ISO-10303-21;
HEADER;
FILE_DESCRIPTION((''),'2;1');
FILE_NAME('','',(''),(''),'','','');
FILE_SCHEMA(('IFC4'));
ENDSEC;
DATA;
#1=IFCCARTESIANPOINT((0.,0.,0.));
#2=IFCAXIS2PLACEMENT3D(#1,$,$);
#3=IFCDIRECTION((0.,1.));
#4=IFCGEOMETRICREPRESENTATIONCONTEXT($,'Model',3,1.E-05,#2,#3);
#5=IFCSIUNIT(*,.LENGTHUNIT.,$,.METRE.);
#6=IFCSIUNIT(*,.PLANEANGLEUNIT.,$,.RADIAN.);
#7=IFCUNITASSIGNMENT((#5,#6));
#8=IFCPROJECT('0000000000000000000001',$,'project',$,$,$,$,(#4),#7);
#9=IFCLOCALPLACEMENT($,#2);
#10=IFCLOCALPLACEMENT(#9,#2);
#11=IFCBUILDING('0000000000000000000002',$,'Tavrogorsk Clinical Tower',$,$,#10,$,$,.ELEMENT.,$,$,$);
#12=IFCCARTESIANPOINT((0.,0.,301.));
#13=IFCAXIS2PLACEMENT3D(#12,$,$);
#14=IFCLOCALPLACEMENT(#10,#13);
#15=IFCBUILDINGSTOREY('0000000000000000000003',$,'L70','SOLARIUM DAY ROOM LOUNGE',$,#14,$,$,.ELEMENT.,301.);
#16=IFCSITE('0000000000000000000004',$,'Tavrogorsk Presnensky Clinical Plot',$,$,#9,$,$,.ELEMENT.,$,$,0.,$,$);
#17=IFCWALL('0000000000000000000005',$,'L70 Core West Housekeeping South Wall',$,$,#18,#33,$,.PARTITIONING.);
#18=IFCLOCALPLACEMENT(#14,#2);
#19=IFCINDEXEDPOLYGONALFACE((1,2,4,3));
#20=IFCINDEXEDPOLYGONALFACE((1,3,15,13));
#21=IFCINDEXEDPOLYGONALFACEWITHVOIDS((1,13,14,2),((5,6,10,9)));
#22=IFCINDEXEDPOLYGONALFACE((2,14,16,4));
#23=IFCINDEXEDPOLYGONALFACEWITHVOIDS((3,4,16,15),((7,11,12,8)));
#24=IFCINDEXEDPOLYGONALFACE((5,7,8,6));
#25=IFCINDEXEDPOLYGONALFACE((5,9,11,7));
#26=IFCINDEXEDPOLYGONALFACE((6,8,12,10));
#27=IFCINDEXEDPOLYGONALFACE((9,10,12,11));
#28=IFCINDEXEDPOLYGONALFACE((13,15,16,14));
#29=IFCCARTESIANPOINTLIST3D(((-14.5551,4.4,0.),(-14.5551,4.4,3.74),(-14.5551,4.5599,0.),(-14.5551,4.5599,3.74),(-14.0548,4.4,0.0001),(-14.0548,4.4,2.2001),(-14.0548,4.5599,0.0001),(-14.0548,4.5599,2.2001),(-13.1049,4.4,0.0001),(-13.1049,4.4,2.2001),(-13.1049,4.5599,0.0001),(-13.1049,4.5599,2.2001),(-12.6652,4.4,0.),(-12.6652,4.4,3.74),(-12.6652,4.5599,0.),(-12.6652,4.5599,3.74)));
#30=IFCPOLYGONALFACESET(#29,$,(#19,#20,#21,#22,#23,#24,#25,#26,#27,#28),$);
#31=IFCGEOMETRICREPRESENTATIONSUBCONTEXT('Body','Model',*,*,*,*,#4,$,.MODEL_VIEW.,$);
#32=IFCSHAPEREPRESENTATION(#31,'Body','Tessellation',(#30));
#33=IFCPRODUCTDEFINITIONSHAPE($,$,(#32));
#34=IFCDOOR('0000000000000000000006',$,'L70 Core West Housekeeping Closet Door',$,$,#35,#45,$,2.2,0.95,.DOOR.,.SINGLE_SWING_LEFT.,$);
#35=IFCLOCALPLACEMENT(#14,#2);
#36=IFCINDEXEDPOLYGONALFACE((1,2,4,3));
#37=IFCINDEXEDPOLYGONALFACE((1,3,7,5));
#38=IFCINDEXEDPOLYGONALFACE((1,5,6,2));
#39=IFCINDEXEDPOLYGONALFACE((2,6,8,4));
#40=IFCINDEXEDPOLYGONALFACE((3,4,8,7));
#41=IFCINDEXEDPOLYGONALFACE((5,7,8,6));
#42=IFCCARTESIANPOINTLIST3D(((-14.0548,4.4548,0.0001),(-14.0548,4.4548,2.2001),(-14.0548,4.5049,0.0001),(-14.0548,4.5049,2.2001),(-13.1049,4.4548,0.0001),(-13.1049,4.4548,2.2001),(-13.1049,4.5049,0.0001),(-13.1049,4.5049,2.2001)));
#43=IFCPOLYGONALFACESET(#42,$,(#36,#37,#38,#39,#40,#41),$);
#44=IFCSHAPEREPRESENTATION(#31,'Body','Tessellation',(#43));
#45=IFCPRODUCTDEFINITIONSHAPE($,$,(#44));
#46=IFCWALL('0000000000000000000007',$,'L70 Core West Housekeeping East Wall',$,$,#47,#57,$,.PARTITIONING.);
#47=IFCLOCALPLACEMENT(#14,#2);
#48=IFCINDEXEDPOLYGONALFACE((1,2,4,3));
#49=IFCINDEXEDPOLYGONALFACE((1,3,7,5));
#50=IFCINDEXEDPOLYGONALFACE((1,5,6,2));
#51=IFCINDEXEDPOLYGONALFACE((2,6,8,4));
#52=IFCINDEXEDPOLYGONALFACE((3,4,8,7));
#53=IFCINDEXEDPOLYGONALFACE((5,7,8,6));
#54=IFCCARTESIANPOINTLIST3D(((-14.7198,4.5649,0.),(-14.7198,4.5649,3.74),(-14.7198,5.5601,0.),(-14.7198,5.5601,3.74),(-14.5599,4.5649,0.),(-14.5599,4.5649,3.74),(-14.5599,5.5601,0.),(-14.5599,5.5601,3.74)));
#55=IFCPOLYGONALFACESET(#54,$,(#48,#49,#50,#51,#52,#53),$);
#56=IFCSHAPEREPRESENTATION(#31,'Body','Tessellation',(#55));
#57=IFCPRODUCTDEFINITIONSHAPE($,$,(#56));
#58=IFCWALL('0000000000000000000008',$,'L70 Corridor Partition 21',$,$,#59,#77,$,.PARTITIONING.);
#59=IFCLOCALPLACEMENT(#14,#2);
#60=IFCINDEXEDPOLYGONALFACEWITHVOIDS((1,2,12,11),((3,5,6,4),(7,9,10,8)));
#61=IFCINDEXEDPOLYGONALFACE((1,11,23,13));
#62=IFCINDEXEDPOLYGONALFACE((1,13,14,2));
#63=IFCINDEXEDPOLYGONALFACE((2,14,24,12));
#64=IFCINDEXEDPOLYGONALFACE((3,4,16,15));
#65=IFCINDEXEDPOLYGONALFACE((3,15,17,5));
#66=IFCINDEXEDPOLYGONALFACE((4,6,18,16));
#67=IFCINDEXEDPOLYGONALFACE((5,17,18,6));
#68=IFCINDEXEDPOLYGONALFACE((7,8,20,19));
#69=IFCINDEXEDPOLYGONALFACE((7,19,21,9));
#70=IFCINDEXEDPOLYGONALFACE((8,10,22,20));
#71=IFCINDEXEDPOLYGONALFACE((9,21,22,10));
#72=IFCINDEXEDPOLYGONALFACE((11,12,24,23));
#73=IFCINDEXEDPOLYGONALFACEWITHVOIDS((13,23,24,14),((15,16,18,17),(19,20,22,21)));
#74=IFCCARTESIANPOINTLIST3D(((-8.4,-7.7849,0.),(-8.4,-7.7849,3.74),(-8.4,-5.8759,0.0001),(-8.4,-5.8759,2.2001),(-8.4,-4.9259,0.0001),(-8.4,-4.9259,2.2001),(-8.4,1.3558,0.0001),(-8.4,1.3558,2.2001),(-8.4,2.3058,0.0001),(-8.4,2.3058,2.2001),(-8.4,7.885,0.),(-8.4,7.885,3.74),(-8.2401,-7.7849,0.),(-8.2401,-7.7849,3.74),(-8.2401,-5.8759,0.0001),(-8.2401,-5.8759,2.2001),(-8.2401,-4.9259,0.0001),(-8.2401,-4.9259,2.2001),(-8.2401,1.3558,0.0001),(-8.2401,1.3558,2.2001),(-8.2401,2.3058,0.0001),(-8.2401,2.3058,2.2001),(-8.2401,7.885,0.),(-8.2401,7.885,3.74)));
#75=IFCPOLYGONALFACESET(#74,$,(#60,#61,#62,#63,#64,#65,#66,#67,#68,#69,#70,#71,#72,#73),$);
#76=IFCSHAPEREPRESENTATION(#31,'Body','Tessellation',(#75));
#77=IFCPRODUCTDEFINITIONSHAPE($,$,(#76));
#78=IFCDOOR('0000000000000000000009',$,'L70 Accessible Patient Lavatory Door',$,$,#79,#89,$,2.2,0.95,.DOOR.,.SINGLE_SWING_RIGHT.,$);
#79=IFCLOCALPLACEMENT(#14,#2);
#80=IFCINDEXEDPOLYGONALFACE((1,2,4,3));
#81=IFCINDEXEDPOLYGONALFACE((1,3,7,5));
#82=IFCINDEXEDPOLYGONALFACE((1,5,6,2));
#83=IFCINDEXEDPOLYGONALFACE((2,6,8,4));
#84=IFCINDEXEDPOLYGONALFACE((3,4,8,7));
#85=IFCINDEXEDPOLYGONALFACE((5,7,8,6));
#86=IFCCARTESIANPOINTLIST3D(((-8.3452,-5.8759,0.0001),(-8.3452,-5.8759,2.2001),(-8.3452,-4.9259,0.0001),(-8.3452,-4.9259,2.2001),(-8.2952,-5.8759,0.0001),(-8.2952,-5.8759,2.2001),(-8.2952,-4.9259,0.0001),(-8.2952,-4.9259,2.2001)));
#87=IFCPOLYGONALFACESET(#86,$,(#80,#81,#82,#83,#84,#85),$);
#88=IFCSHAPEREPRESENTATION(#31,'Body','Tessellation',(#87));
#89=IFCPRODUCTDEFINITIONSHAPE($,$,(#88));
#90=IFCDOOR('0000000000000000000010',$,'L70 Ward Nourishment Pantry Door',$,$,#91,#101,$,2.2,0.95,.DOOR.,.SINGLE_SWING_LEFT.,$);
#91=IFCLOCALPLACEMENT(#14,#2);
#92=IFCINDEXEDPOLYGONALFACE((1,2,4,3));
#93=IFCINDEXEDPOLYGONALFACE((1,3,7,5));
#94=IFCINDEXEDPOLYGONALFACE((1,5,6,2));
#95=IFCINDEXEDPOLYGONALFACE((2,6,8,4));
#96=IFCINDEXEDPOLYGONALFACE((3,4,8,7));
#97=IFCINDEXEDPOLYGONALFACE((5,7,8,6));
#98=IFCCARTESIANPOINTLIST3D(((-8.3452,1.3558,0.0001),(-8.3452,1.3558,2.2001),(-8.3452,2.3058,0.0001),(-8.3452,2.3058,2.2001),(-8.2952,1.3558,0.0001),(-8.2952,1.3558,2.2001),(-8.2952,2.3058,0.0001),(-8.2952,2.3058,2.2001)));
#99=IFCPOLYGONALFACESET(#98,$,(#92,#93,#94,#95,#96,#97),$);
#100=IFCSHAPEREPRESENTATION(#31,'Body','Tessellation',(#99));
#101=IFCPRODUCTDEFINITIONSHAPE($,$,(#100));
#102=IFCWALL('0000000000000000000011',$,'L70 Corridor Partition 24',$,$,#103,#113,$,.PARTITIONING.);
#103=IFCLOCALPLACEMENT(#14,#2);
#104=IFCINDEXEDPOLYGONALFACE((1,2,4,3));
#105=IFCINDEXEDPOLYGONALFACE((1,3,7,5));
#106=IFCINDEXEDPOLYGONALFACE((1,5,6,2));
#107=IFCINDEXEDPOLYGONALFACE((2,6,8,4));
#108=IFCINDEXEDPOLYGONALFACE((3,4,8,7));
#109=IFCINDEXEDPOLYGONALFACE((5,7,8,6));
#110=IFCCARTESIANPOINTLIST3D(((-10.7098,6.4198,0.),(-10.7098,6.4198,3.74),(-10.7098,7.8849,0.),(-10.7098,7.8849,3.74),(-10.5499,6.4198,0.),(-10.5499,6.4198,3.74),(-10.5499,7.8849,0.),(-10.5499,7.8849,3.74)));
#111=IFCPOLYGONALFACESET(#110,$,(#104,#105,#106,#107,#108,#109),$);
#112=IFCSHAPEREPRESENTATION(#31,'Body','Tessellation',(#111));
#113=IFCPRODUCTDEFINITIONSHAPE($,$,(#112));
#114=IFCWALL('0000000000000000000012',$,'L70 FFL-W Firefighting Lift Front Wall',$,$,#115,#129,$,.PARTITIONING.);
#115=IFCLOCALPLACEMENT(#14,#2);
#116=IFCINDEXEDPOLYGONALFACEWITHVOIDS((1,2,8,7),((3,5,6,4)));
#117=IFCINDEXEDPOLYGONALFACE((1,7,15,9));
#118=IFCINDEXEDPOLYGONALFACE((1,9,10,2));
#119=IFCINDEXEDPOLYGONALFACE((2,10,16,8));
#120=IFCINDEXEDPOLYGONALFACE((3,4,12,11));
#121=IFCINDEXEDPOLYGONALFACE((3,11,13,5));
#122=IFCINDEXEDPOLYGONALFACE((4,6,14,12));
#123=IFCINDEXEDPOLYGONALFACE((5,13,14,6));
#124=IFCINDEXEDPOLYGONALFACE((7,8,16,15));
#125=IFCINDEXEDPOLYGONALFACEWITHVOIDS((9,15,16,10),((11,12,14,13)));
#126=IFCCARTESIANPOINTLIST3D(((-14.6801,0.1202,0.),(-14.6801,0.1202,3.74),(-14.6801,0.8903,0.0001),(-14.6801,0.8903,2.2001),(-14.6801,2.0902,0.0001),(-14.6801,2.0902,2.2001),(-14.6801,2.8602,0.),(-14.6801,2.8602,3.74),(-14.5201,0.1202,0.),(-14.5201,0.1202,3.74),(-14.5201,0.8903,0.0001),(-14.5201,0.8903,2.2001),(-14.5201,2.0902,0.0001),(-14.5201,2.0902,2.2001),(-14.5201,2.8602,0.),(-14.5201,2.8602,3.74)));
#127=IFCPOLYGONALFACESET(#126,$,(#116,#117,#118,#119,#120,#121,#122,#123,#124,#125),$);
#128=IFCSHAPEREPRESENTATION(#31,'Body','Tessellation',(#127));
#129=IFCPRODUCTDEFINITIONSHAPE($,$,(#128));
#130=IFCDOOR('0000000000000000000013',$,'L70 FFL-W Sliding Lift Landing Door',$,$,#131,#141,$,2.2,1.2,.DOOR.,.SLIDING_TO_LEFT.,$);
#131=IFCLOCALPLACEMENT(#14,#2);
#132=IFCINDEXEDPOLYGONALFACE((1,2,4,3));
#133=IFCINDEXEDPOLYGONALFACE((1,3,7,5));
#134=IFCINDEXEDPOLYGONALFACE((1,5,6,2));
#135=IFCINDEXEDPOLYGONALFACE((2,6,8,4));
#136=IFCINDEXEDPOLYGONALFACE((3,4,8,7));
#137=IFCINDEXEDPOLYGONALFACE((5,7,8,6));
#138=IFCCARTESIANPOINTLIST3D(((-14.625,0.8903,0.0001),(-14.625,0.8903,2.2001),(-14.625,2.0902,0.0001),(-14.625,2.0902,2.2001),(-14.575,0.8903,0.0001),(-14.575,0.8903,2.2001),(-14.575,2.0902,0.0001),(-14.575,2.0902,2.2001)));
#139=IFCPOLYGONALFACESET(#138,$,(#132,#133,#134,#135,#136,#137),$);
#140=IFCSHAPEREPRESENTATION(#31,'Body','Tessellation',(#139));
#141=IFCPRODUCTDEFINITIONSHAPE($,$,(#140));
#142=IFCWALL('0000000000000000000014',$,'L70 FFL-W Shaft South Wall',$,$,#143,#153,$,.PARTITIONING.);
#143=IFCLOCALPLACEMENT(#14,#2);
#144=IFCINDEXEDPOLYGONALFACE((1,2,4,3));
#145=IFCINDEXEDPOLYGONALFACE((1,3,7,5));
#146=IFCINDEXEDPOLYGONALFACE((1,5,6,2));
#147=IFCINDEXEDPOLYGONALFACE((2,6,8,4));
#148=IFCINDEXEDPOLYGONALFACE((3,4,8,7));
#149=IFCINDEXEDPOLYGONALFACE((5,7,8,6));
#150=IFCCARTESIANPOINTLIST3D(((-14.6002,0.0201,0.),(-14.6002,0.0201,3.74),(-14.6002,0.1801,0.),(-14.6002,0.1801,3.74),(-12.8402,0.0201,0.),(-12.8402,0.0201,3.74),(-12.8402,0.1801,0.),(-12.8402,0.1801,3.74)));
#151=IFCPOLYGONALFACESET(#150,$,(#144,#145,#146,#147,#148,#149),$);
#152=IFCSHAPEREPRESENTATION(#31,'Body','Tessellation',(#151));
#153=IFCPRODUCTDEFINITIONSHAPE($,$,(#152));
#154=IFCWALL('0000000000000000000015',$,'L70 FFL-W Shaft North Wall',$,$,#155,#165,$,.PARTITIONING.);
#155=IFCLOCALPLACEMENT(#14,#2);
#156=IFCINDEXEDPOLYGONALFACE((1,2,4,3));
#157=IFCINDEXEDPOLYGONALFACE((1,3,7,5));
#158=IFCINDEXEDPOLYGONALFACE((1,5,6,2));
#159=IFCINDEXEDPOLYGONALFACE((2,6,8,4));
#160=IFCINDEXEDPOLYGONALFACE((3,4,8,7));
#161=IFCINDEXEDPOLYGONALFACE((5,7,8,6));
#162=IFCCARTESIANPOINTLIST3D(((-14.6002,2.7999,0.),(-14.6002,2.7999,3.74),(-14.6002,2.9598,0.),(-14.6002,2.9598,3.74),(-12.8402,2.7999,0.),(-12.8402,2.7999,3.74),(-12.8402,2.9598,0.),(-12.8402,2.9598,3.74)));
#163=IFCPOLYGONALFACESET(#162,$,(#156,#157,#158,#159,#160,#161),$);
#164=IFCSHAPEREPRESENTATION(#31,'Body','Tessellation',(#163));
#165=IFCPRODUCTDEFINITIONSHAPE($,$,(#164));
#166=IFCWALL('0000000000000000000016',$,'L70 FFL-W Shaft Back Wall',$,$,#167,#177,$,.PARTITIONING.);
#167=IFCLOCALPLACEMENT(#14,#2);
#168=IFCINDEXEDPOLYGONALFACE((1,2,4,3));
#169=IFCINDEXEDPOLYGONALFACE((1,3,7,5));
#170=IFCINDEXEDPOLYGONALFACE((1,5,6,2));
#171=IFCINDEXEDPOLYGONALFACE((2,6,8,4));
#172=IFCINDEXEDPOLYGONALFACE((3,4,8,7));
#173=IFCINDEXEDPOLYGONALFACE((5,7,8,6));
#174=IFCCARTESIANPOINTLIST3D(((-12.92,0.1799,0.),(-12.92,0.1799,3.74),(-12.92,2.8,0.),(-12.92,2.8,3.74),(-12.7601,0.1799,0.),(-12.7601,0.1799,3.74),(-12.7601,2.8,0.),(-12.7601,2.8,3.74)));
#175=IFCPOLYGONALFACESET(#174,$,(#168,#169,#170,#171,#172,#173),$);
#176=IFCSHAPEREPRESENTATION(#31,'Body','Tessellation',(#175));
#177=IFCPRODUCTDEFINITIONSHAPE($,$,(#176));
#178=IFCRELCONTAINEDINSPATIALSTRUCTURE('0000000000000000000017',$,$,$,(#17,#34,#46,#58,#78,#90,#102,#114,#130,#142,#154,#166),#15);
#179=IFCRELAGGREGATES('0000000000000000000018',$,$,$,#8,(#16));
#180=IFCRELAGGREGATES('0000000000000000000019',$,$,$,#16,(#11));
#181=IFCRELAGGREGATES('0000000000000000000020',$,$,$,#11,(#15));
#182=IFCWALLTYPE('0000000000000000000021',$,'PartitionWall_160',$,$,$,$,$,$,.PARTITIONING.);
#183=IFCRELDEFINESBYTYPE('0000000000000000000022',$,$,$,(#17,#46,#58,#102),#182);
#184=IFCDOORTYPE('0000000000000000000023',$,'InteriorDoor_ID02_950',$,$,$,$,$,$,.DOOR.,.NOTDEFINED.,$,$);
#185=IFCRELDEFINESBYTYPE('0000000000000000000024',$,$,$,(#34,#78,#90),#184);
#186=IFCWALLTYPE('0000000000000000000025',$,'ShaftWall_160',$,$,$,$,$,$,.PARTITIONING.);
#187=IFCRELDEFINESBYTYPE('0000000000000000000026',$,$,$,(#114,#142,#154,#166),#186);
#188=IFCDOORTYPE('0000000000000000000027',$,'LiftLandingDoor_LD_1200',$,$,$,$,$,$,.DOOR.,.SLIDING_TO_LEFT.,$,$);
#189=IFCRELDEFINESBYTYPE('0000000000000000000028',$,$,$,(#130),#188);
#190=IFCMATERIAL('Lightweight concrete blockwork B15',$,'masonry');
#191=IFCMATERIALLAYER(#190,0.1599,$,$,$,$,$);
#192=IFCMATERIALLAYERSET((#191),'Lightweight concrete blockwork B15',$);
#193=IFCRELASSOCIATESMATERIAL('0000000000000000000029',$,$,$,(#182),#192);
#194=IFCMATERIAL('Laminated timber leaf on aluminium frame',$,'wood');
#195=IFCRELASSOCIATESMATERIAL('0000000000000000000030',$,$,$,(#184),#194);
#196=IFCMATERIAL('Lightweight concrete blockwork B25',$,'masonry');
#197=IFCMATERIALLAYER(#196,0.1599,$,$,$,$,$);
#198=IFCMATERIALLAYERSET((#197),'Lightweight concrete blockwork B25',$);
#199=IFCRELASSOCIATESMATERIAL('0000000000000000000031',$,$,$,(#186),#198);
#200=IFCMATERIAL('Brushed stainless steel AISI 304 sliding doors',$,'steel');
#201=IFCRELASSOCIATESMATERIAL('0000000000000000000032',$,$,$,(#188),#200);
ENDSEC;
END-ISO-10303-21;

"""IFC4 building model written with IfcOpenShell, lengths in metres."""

from ifc_helpers import new_model, si_unit, direction, frame, frame_2d, origin, place, context, subcontext, project, spatial, rectangle, extrude, material, layer, layer_set, type_object, element, fill, save


model = new_model("IFC4")

# Units and contexts
model_context = context("Model", 3, precision=1e-05, world=origin(), true_north=direction((0.0, 1.0)))
body_context = subcontext(model_context, "Body", "Model", "MODEL_VIEW")
ifc_project = project(units=[si_unit("LENGTHUNIT", "METRE"), si_unit("PLANEANGLEUNIT", "RADIAN")], contexts=[model_context])

# Site, building, storey
site_placement = place(None, origin())
site = spatial("IfcSite", under=ifc_project, at=site_placement, Name="Tavrogorsk Presnensky Clinical Plot", CompositionType="ELEMENT", RefElevation=0.0)
building_placement = place(site_placement, origin())
building = spatial("IfcBuilding", under=site, at=building_placement, Name="Tavrogorsk Clinical Tower", CompositionType="ELEMENT")
storey_placement = place(building_placement, frame((0.0, 0.0, 301.0)))
storey = spatial("IfcBuildingStorey", under=building, at=storey_placement, Name="L70", Description="SOLARIUM DAY ROOM LOUNGE", CompositionType="ELEMENT", Elevation=301.0)

# Wall, opening, door
ifc_material_1 = material(Name="Lightweight concrete blockwork B15", Category="masonry")
ifc_layer_1 = layer(ifc_material_1, 0.1599)
ifc_layer_set_1 = layer_set([ifc_layer_1], Name="Lightweight concrete blockwork B15")
wall_type_1 = type_object("IfcWallType", Name="PartitionWall_160", PredefinedType="PARTITIONING", material=ifc_layer_set_1)
ifc_material_2 = material(Name="Laminated timber leaf on aluminium frame", Category="wood")
door_type_1 = type_object("IfcDoorType", Name="InteriorDoor_ID02_950", OperationType="NOTDEFINED", PredefinedType="DOOR", material=ifc_material_2)
wall_1_placement = place(storey_placement, frame((-14.5549, 4.48, 0.0), z_axis=(0.0, 0.0, 1.0), x_axis=(1.0, 0.0, 0.0)))
wall_1 = element("IfcWall", 1, at=wall_1_placement, inside=storey, type_object=wall_type_1, Name="L70 Core West Housekeeping South Wall", PredefinedType="PARTITIONING", context=body_context, shape_type="SweptSolid", body=[
    extrude(rectangle(XDim=1.8899, YDim=0.1599, at=frame_2d((0.9448, 0.0))), origin(), (0.0, 0.0, 1.0), 3.74),
])
opening_1_placement = place(wall_1_placement, frame((0.5, 0.0, 0.0)))
opening_1 = element("IfcOpeningElement", 2, at=opening_1_placement, cuts=wall_1, PredefinedType="OPENING", context=body_context, shape_type="SweptSolid", body=[
    extrude(rectangle(XDim=0.95, YDim=2.2, at=frame_2d((0.4751, 1.1001))), frame((0.0, 0.0898, 0.0), z_axis=(0.0, -1.0, 0.0), x_axis=(1.0, 0.0, 0.0)), (0.0, 0.0, 1.0), 0.1799),
])
door_1_placement = place(opening_1_placement, origin())
door_1 = element("IfcDoor", 3, at=door_1_placement, inside=storey, type_object=door_type_1, Name="L70 Core West Housekeeping Closet Door", OperationType="SINGLE_SWING_LEFT", OverallHeight=2.2, OverallWidth=0.95, PredefinedType="DOOR", context=body_context, shape_type="SweptSolid", body=[
    extrude(rectangle(XDim=0.95, YDim=2.2, at=frame_2d((0.4751, 1.1001))), frame((0.0, 0.0249, 0.0), z_axis=(0.0, -1.0, 0.0), x_axis=(1.0, 0.0, 0.0)), (0.0, 0.0, 1.0), 0.05),
])
fill(opening_1, door_1)

# Wall
wall_2_placement = place(storey_placement, frame((-14.6399, 4.5649, 0.0), z_axis=(0.0, 0.0, 1.0), x_axis=(0.0, 1.0, 0.0)))
element("IfcWall", 4, at=wall_2_placement, inside=storey, type_object=wall_type_1, Name="L70 Core West Housekeeping East Wall", PredefinedType="PARTITIONING", context=body_context, shape_type="SweptSolid", body=[
    extrude(rectangle(XDim=0.9951, YDim=0.1599, at=frame_2d((0.4976, 0.0))), origin(), (0.0, 0.0, 1.0), 3.74),
])

# Wall, openings, doors
wall_3_placement = place(storey_placement, frame((-8.3201, 7.885, 0.0), z_axis=(0.0, 0.0, 1.0), x_axis=(0.0, -1.0, 0.0)))
wall_3 = element("IfcWall", 5, at=wall_3_placement, inside=storey, type_object=wall_type_1, Name="L70 Corridor Partition 21", PredefinedType="PARTITIONING", context=body_context, shape_type="SweptSolid", body=[
    extrude(rectangle(XDim=15.6699, YDim=0.1599, at=frame_2d((7.835, 0.0))), origin(), (0.0, 0.0, 1.0), 3.74),
])
opening_2_placement = place(wall_3_placement, frame((12.8108, 0.0, 0.0)))
opening_2 = element("IfcOpeningElement", 6, at=opening_2_placement, cuts=wall_3, PredefinedType="OPENING", context=body_context, shape_type="SweptSolid", body=[
    extrude(rectangle(XDim=0.95, YDim=2.2, at=frame_2d((0.4751, 1.1001))), frame((0.0, 0.0898, 0.0), z_axis=(0.0, -1.0, 0.0), x_axis=(1.0, 0.0, 0.0)), (0.0, 0.0, 1.0), 0.1799),
])
opening_3_placement = place(wall_3_placement, frame((5.5791, 0.0, 0.0)))
opening_3 = element("IfcOpeningElement", 7, at=opening_3_placement, cuts=wall_3, PredefinedType="OPENING", context=body_context, shape_type="SweptSolid", body=[
    extrude(rectangle(XDim=0.95, YDim=2.2, at=frame_2d((0.4751, 1.1001))), frame((0.0, 0.0898, 0.0), z_axis=(0.0, -1.0, 0.0), x_axis=(1.0, 0.0, 0.0)), (0.0, 0.0, 1.0), 0.1799),
])
door_2_placement = place(opening_2_placement, origin())
door_2 = element("IfcDoor", 8, at=door_2_placement, inside=storey, type_object=door_type_1, Name="L70 Accessible Patient Lavatory Door", OperationType="SINGLE_SWING_RIGHT", OverallHeight=2.2, OverallWidth=0.95, PredefinedType="DOOR", context=body_context, shape_type="SweptSolid", body=[
    extrude(rectangle(XDim=0.95, YDim=2.2, at=frame_2d((0.4751, 1.1001))), frame((0.0, 0.0249, 0.0), z_axis=(0.0, -1.0, 0.0), x_axis=(1.0, 0.0, 0.0)), (0.0, 0.0, 1.0), 0.05),
])
fill(opening_2, door_2)
door_3_placement = place(opening_3_placement, origin())
door_3 = element("IfcDoor", 9, at=door_3_placement, inside=storey, type_object=door_type_1, Name="L70 Ward Nourishment Pantry Door", OperationType="SINGLE_SWING_LEFT", OverallHeight=2.2, OverallWidth=0.95, PredefinedType="DOOR", context=body_context, shape_type="SweptSolid", body=[
    extrude(rectangle(XDim=0.95, YDim=2.2, at=frame_2d((0.4751, 1.1001))), frame((0.0, 0.0249, 0.0), z_axis=(0.0, -1.0, 0.0), x_axis=(1.0, 0.0, 0.0)), (0.0, 0.0, 1.0), 0.05),
])
fill(opening_3, door_3)

# Wall
wall_4_placement = place(storey_placement, frame((-10.6299, 6.4199, 0.0), z_axis=(0.0, 0.0, 1.0), x_axis=(0.0, 1.0, 0.0)))
element("IfcWall", 10, at=wall_4_placement, inside=storey, type_object=wall_type_1, Name="L70 Corridor Partition 24", PredefinedType="PARTITIONING", context=body_context, shape_type="SweptSolid", body=[
    extrude(rectangle(XDim=1.4651, YDim=0.1599, at=frame_2d((0.7324, 0.0))), origin(), (0.0, 0.0, 1.0), 3.74),
])

# Wall, opening, door
ifc_material_3 = material(Name="Lightweight concrete blockwork B25", Category="masonry")
ifc_layer_2 = layer(ifc_material_3, 0.1599)
ifc_layer_set_2 = layer_set([ifc_layer_2], Name="Lightweight concrete blockwork B25")
wall_type_2 = type_object("IfcWallType", Name="ShaftWall_160", PredefinedType="PARTITIONING", material=ifc_layer_set_2)
wall_5_placement = place(storey_placement, frame((-14.6001, 0.1201, 0.0), z_axis=(0.0, 0.0, 1.0), x_axis=(0.0, 1.0, 0.0)))
wall_5 = element("IfcWall", 11, at=wall_5_placement, inside=storey, type_object=wall_type_2, Name="L70 FFL-W Firefighting Lift Front Wall", PredefinedType="PARTITIONING", context=body_context, shape_type="SweptSolid", body=[
    extrude(rectangle(XDim=2.74, YDim=0.1599, at=frame_2d((1.3701, 0.0))), origin(), (0.0, 0.0, 1.0), 3.74),
])
opening_4_placement = place(wall_5_placement, frame((0.77, 0.0, 0.0)))
opening_4 = element("IfcOpeningElement", 12, at=opening_4_placement, cuts=wall_5, PredefinedType="OPENING", context=body_context, shape_type="SweptSolid", body=[
    extrude(rectangle(XDim=1.2, YDim=2.2, at=frame_2d((0.6001, 1.1001))), frame((0.0, 0.0898, 0.0), z_axis=(0.0, -1.0, 0.0), x_axis=(1.0, 0.0, 0.0)), (0.0, 0.0, 1.0), 0.1799),
])
ifc_material_4 = material(Name="Brushed stainless steel AISI 304 sliding doors", Category="steel")
door_type_2 = type_object("IfcDoorType", Name="LiftLandingDoor_LD_1200", OperationType="SLIDING_TO_LEFT", PredefinedType="DOOR", material=ifc_material_4)
door_4_placement = place(opening_4_placement, origin())
door_4 = element("IfcDoor", 13, at=door_4_placement, inside=storey, type_object=door_type_2, Name="L70 FFL-W Sliding Lift Landing Door", OperationType="SLIDING_TO_LEFT", OverallHeight=2.2, OverallWidth=1.2, PredefinedType="DOOR", context=body_context, shape_type="SweptSolid", body=[
    extrude(rectangle(XDim=1.2, YDim=2.2, at=frame_2d((0.6001, 1.1001))), frame((0.0, 0.0249, 0.0), z_axis=(0.0, -1.0, 0.0), x_axis=(1.0, 0.0, 0.0)), (0.0, 0.0, 1.0), 0.05),
])
fill(opening_4, door_4)

# Walls
for number, where, z_axis, x_axis, name in (
    (14, (-14.6001, 0.1001, 0.0), (0.0, 0.0, 1.0), (1.0, 0.0, 0.0), "L70 FFL-W Shaft South Wall"),
    (15, (-14.6001, 2.8799, 0.0), (0.0, 0.0, 1.0), (1.0, 0.0, 0.0), "L70 FFL-W Shaft North Wall"),
):
    element("IfcWall", number, at=place(storey_placement, frame(where, z_axis=z_axis, x_axis=x_axis)), inside=storey, type_object=wall_type_2, Name=name, PredefinedType="PARTITIONING", context=body_context, shape_type="SweptSolid", body=[
        extrude(rectangle(XDim=1.76, YDim=0.1599, at=frame_2d((0.8799, 0.0))), origin(), (0.0, 0.0, 1.0), 3.74),
    ])
wall_6_placement = place(storey_placement, frame((-12.8401, 0.1799, 0.0), z_axis=(0.0, 0.0, 1.0), x_axis=(0.0, 1.0, 0.0)))
element("IfcWall", 16, at=wall_6_placement, inside=storey, type_object=wall_type_2, Name="L70 FFL-W Shaft Back Wall", PredefinedType="PARTITIONING", context=body_context, shape_type="SweptSolid", body=[
    extrude(rectangle(XDim=2.6201, YDim=0.1599, at=frame_2d((1.3101, 0.0))), origin(), (0.0, 0.0, 1.0), 3.74),
])

save(model, "model.ifc")
